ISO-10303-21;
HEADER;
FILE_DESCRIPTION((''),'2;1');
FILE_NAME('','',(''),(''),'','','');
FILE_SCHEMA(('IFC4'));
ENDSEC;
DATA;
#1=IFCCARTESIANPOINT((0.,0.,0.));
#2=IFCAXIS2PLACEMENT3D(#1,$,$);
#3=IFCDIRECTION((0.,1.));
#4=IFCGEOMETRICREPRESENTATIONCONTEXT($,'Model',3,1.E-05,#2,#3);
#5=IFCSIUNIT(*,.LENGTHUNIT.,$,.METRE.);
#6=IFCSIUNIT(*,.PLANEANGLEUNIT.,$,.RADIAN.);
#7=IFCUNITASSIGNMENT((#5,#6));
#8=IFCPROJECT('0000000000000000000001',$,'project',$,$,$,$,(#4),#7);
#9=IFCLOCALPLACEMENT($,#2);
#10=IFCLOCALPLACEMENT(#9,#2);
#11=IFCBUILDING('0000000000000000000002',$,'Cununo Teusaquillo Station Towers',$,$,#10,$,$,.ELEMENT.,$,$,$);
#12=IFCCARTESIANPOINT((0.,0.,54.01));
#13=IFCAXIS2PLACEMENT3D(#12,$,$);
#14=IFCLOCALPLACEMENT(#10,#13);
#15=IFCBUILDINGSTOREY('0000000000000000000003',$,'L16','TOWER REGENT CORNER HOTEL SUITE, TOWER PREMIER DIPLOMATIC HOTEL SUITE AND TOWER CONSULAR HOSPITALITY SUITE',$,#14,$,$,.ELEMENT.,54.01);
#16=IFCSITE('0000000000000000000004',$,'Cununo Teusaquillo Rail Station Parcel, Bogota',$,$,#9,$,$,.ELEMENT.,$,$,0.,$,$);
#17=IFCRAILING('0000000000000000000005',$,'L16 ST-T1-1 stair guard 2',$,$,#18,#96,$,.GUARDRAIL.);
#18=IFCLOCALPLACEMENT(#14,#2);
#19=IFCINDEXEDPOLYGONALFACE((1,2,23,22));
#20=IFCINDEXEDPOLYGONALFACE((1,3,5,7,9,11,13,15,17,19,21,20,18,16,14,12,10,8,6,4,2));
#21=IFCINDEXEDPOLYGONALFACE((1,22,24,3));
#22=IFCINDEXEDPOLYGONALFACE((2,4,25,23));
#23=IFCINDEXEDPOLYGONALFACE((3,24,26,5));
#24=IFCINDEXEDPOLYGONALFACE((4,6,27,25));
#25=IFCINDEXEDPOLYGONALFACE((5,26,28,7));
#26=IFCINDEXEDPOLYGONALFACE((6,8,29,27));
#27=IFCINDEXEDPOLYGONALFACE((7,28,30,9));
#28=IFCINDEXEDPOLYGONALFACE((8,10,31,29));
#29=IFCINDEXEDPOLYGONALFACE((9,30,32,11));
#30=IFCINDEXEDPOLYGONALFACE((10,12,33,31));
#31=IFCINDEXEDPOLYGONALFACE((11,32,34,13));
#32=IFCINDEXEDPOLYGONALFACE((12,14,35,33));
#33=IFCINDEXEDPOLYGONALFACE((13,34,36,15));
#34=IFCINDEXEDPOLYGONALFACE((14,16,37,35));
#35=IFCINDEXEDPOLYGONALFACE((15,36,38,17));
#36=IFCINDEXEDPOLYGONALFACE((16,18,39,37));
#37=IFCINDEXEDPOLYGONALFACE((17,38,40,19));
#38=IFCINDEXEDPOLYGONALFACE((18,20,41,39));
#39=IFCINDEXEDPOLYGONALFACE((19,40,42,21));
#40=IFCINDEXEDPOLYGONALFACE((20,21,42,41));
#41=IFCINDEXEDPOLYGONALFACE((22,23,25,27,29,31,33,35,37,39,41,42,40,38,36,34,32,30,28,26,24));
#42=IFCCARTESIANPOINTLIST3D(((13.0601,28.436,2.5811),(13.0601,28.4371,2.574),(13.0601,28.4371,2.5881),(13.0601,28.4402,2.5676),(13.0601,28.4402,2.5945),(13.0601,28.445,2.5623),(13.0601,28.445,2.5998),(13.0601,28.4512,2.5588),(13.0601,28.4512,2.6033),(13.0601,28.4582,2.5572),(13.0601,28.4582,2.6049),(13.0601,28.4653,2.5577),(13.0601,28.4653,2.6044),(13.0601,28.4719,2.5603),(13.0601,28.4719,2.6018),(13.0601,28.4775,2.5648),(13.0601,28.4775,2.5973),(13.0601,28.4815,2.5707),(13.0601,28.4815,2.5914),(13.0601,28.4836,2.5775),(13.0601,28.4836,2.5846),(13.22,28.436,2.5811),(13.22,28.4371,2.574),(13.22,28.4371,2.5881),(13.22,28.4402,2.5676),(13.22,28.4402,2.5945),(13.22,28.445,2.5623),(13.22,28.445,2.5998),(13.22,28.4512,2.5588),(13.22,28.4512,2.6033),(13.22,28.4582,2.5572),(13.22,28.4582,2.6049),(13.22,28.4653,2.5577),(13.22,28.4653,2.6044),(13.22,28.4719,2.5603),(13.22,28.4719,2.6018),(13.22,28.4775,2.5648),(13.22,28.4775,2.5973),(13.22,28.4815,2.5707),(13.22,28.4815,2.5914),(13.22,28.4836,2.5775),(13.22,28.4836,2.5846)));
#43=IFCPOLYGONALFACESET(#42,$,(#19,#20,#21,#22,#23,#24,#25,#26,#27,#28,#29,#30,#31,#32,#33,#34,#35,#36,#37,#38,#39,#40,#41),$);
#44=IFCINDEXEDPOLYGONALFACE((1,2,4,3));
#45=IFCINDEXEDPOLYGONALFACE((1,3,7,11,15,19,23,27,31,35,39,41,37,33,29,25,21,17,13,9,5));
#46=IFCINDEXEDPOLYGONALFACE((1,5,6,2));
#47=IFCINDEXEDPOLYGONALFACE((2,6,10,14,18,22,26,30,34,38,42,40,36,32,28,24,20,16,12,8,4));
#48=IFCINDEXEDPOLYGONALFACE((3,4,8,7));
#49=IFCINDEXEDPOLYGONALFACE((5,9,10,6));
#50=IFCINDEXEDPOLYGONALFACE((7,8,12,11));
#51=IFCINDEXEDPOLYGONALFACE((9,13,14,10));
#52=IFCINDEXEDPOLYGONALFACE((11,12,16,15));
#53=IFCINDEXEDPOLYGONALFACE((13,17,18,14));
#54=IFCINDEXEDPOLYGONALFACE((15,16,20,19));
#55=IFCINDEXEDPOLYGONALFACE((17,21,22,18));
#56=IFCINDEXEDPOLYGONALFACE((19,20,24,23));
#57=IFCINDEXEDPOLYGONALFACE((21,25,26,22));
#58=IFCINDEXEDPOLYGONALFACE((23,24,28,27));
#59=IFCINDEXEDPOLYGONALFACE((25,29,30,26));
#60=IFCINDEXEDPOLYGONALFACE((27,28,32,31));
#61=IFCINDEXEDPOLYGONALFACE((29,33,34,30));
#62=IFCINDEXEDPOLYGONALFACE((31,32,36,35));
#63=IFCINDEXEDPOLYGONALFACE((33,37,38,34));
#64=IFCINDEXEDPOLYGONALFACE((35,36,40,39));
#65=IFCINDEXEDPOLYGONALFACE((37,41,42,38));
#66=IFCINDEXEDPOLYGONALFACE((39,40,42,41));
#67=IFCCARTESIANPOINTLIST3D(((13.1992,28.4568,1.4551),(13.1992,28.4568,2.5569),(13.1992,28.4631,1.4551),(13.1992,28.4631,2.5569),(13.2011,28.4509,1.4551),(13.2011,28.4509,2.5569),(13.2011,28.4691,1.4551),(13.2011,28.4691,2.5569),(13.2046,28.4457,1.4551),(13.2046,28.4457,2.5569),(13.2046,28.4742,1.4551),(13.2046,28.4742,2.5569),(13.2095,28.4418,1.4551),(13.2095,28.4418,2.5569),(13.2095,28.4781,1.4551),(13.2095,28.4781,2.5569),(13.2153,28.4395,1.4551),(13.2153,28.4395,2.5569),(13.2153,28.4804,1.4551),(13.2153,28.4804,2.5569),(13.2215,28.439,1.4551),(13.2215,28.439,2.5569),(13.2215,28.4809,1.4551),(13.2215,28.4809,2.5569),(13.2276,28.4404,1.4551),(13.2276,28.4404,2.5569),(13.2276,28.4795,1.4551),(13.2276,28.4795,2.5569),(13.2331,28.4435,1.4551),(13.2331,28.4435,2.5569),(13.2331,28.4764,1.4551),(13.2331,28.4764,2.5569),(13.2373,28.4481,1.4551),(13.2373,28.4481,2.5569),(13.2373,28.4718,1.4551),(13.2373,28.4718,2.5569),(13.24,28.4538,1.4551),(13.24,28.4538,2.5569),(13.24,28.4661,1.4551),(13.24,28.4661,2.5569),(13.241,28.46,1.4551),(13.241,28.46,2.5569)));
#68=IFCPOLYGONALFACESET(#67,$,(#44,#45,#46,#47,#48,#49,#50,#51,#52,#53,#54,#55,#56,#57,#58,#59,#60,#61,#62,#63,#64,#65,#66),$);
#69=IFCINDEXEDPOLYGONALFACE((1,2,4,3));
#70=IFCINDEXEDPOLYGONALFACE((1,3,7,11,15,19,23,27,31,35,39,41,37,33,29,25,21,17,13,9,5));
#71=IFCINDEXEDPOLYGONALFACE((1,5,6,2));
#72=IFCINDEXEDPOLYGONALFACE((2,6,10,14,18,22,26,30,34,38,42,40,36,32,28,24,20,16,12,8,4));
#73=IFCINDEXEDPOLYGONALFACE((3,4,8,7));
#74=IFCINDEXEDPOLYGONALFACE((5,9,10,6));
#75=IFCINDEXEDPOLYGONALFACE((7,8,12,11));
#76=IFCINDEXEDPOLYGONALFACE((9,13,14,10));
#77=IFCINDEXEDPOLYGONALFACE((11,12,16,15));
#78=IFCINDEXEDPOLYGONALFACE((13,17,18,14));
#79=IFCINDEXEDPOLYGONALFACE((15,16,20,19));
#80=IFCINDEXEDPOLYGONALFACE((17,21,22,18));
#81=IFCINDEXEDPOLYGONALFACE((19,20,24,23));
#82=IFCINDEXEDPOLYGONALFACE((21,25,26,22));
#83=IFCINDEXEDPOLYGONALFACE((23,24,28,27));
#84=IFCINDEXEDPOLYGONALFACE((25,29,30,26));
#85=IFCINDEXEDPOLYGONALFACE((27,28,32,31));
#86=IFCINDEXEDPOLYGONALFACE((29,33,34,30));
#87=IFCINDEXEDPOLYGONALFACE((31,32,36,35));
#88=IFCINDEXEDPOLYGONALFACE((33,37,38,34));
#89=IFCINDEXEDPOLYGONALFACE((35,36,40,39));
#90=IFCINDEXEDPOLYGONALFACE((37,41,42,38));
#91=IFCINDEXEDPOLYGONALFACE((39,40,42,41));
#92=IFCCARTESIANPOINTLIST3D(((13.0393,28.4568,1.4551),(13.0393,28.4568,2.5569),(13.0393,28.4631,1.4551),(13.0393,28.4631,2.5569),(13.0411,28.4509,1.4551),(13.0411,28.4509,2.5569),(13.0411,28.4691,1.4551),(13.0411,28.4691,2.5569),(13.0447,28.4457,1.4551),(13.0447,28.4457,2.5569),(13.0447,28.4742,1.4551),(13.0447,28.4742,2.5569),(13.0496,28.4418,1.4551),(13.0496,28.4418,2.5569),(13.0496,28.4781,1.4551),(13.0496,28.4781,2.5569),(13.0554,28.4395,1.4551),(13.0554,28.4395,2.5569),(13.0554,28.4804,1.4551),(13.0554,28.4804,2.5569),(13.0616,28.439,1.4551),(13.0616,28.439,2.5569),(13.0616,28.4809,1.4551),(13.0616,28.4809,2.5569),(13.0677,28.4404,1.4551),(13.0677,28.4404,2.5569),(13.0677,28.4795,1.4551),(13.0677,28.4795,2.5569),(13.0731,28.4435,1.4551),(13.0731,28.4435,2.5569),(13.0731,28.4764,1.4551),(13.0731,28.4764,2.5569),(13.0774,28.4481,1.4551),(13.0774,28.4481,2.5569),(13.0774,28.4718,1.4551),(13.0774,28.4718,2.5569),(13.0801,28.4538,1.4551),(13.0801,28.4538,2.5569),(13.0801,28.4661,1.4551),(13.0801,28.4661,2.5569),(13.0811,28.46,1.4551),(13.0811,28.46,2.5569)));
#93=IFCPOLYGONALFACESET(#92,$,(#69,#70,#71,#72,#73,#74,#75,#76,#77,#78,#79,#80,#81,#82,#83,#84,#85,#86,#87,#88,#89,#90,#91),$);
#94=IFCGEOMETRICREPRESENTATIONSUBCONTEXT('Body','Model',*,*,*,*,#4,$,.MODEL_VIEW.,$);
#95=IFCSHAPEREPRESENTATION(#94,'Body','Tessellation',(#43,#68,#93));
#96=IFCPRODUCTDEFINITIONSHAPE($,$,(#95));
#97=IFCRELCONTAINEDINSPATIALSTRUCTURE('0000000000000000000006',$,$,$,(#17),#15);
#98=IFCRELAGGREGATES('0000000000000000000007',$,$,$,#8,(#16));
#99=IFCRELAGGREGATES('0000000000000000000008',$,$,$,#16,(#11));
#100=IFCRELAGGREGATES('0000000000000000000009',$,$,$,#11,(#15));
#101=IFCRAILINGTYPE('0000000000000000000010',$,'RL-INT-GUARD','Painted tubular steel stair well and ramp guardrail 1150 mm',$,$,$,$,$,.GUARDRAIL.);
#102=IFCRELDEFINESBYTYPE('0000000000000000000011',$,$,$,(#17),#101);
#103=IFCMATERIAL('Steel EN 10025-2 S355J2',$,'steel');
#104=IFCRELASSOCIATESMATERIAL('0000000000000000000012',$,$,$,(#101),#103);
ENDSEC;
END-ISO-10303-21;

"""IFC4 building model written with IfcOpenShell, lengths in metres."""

from ifc_helpers import new_model, si_unit, direction, frame, origin, origin_2d, place, context, subcontext, project, spatial, circle, extrude, material, type_object, element, save


model = new_model("IFC4")

# Units and contexts
model_context = context("Model", 3, precision=1e-05, world=origin(), true_north=direction((0.0, 1.0)))
body_context = subcontext(model_context, "Body", "Model", "MODEL_VIEW")
ifc_project = project(units=[si_unit("LENGTHUNIT", "METRE"), si_unit("PLANEANGLEUNIT", "RADIAN")], contexts=[model_context])

# Site, building, storey
site_placement = place(None, origin())
site = spatial("IfcSite", under=ifc_project, at=site_placement, Name="Cununo Teusaquillo Rail Station Parcel, Bogota", CompositionType="ELEMENT", RefElevation=0.0)
building_placement = place(site_placement, origin())
building = spatial("IfcBuilding", under=site, at=building_placement, Name="Cununo Teusaquillo Station Towers", CompositionType="ELEMENT")
storey_placement = place(building_placement, frame((0.0, 0.0, 54.01)))
storey = spatial("IfcBuildingStorey", under=building, at=storey_placement, Name="L16", Description="TOWER REGENT CORNER HOTEL SUITE, TOWER PREMIER DIPLOMATIC HOTEL SUITE AND TOWER CONSULAR HOSPITALITY SUITE", CompositionType="ELEMENT", Elevation=54.01)

# Railing
ifc_material_1 = material(Name="Steel EN 10025-2 S355J2", Category="steel")
railing_type_1 = type_object("IfcRailingType", Name="RL-INT-GUARD", Description="Painted tubular steel stair well and ramp guardrail 1150 mm", PredefinedType="GUARDRAIL", material=ifc_material_1)
railing_1_placement = place(storey_placement, frame((13.22, 28.46, 1.4551)))
element("IfcRailing", 1, at=railing_1_placement, inside=storey, type_object=railing_type_1, Name="L16 ST-T1-1 stair guard 2", PredefinedType="GUARDRAIL", context=body_context, shape_type="SweptSolid", body=[
    extrude(circle(Radius=0.0239, at=origin_2d()), frame((0.0, 0.0, 1.126), z_axis=(-1.0, 0.0, 0.0), x_axis=(0.0, -1.0, 0.0)), (0.0, 0.0, 1.0), 0.1599),
    extrude(circle(Radius=0.021, at=origin_2d()), origin(), (0.0, 0.0, 1.0), 1.1018),
    extrude(circle(Radius=0.021, at=origin_2d()), frame((-0.1599, 0.0, 0.0)), (0.0, 0.0, 1.0), 1.1018),
])

save(model, "model.ifc")
